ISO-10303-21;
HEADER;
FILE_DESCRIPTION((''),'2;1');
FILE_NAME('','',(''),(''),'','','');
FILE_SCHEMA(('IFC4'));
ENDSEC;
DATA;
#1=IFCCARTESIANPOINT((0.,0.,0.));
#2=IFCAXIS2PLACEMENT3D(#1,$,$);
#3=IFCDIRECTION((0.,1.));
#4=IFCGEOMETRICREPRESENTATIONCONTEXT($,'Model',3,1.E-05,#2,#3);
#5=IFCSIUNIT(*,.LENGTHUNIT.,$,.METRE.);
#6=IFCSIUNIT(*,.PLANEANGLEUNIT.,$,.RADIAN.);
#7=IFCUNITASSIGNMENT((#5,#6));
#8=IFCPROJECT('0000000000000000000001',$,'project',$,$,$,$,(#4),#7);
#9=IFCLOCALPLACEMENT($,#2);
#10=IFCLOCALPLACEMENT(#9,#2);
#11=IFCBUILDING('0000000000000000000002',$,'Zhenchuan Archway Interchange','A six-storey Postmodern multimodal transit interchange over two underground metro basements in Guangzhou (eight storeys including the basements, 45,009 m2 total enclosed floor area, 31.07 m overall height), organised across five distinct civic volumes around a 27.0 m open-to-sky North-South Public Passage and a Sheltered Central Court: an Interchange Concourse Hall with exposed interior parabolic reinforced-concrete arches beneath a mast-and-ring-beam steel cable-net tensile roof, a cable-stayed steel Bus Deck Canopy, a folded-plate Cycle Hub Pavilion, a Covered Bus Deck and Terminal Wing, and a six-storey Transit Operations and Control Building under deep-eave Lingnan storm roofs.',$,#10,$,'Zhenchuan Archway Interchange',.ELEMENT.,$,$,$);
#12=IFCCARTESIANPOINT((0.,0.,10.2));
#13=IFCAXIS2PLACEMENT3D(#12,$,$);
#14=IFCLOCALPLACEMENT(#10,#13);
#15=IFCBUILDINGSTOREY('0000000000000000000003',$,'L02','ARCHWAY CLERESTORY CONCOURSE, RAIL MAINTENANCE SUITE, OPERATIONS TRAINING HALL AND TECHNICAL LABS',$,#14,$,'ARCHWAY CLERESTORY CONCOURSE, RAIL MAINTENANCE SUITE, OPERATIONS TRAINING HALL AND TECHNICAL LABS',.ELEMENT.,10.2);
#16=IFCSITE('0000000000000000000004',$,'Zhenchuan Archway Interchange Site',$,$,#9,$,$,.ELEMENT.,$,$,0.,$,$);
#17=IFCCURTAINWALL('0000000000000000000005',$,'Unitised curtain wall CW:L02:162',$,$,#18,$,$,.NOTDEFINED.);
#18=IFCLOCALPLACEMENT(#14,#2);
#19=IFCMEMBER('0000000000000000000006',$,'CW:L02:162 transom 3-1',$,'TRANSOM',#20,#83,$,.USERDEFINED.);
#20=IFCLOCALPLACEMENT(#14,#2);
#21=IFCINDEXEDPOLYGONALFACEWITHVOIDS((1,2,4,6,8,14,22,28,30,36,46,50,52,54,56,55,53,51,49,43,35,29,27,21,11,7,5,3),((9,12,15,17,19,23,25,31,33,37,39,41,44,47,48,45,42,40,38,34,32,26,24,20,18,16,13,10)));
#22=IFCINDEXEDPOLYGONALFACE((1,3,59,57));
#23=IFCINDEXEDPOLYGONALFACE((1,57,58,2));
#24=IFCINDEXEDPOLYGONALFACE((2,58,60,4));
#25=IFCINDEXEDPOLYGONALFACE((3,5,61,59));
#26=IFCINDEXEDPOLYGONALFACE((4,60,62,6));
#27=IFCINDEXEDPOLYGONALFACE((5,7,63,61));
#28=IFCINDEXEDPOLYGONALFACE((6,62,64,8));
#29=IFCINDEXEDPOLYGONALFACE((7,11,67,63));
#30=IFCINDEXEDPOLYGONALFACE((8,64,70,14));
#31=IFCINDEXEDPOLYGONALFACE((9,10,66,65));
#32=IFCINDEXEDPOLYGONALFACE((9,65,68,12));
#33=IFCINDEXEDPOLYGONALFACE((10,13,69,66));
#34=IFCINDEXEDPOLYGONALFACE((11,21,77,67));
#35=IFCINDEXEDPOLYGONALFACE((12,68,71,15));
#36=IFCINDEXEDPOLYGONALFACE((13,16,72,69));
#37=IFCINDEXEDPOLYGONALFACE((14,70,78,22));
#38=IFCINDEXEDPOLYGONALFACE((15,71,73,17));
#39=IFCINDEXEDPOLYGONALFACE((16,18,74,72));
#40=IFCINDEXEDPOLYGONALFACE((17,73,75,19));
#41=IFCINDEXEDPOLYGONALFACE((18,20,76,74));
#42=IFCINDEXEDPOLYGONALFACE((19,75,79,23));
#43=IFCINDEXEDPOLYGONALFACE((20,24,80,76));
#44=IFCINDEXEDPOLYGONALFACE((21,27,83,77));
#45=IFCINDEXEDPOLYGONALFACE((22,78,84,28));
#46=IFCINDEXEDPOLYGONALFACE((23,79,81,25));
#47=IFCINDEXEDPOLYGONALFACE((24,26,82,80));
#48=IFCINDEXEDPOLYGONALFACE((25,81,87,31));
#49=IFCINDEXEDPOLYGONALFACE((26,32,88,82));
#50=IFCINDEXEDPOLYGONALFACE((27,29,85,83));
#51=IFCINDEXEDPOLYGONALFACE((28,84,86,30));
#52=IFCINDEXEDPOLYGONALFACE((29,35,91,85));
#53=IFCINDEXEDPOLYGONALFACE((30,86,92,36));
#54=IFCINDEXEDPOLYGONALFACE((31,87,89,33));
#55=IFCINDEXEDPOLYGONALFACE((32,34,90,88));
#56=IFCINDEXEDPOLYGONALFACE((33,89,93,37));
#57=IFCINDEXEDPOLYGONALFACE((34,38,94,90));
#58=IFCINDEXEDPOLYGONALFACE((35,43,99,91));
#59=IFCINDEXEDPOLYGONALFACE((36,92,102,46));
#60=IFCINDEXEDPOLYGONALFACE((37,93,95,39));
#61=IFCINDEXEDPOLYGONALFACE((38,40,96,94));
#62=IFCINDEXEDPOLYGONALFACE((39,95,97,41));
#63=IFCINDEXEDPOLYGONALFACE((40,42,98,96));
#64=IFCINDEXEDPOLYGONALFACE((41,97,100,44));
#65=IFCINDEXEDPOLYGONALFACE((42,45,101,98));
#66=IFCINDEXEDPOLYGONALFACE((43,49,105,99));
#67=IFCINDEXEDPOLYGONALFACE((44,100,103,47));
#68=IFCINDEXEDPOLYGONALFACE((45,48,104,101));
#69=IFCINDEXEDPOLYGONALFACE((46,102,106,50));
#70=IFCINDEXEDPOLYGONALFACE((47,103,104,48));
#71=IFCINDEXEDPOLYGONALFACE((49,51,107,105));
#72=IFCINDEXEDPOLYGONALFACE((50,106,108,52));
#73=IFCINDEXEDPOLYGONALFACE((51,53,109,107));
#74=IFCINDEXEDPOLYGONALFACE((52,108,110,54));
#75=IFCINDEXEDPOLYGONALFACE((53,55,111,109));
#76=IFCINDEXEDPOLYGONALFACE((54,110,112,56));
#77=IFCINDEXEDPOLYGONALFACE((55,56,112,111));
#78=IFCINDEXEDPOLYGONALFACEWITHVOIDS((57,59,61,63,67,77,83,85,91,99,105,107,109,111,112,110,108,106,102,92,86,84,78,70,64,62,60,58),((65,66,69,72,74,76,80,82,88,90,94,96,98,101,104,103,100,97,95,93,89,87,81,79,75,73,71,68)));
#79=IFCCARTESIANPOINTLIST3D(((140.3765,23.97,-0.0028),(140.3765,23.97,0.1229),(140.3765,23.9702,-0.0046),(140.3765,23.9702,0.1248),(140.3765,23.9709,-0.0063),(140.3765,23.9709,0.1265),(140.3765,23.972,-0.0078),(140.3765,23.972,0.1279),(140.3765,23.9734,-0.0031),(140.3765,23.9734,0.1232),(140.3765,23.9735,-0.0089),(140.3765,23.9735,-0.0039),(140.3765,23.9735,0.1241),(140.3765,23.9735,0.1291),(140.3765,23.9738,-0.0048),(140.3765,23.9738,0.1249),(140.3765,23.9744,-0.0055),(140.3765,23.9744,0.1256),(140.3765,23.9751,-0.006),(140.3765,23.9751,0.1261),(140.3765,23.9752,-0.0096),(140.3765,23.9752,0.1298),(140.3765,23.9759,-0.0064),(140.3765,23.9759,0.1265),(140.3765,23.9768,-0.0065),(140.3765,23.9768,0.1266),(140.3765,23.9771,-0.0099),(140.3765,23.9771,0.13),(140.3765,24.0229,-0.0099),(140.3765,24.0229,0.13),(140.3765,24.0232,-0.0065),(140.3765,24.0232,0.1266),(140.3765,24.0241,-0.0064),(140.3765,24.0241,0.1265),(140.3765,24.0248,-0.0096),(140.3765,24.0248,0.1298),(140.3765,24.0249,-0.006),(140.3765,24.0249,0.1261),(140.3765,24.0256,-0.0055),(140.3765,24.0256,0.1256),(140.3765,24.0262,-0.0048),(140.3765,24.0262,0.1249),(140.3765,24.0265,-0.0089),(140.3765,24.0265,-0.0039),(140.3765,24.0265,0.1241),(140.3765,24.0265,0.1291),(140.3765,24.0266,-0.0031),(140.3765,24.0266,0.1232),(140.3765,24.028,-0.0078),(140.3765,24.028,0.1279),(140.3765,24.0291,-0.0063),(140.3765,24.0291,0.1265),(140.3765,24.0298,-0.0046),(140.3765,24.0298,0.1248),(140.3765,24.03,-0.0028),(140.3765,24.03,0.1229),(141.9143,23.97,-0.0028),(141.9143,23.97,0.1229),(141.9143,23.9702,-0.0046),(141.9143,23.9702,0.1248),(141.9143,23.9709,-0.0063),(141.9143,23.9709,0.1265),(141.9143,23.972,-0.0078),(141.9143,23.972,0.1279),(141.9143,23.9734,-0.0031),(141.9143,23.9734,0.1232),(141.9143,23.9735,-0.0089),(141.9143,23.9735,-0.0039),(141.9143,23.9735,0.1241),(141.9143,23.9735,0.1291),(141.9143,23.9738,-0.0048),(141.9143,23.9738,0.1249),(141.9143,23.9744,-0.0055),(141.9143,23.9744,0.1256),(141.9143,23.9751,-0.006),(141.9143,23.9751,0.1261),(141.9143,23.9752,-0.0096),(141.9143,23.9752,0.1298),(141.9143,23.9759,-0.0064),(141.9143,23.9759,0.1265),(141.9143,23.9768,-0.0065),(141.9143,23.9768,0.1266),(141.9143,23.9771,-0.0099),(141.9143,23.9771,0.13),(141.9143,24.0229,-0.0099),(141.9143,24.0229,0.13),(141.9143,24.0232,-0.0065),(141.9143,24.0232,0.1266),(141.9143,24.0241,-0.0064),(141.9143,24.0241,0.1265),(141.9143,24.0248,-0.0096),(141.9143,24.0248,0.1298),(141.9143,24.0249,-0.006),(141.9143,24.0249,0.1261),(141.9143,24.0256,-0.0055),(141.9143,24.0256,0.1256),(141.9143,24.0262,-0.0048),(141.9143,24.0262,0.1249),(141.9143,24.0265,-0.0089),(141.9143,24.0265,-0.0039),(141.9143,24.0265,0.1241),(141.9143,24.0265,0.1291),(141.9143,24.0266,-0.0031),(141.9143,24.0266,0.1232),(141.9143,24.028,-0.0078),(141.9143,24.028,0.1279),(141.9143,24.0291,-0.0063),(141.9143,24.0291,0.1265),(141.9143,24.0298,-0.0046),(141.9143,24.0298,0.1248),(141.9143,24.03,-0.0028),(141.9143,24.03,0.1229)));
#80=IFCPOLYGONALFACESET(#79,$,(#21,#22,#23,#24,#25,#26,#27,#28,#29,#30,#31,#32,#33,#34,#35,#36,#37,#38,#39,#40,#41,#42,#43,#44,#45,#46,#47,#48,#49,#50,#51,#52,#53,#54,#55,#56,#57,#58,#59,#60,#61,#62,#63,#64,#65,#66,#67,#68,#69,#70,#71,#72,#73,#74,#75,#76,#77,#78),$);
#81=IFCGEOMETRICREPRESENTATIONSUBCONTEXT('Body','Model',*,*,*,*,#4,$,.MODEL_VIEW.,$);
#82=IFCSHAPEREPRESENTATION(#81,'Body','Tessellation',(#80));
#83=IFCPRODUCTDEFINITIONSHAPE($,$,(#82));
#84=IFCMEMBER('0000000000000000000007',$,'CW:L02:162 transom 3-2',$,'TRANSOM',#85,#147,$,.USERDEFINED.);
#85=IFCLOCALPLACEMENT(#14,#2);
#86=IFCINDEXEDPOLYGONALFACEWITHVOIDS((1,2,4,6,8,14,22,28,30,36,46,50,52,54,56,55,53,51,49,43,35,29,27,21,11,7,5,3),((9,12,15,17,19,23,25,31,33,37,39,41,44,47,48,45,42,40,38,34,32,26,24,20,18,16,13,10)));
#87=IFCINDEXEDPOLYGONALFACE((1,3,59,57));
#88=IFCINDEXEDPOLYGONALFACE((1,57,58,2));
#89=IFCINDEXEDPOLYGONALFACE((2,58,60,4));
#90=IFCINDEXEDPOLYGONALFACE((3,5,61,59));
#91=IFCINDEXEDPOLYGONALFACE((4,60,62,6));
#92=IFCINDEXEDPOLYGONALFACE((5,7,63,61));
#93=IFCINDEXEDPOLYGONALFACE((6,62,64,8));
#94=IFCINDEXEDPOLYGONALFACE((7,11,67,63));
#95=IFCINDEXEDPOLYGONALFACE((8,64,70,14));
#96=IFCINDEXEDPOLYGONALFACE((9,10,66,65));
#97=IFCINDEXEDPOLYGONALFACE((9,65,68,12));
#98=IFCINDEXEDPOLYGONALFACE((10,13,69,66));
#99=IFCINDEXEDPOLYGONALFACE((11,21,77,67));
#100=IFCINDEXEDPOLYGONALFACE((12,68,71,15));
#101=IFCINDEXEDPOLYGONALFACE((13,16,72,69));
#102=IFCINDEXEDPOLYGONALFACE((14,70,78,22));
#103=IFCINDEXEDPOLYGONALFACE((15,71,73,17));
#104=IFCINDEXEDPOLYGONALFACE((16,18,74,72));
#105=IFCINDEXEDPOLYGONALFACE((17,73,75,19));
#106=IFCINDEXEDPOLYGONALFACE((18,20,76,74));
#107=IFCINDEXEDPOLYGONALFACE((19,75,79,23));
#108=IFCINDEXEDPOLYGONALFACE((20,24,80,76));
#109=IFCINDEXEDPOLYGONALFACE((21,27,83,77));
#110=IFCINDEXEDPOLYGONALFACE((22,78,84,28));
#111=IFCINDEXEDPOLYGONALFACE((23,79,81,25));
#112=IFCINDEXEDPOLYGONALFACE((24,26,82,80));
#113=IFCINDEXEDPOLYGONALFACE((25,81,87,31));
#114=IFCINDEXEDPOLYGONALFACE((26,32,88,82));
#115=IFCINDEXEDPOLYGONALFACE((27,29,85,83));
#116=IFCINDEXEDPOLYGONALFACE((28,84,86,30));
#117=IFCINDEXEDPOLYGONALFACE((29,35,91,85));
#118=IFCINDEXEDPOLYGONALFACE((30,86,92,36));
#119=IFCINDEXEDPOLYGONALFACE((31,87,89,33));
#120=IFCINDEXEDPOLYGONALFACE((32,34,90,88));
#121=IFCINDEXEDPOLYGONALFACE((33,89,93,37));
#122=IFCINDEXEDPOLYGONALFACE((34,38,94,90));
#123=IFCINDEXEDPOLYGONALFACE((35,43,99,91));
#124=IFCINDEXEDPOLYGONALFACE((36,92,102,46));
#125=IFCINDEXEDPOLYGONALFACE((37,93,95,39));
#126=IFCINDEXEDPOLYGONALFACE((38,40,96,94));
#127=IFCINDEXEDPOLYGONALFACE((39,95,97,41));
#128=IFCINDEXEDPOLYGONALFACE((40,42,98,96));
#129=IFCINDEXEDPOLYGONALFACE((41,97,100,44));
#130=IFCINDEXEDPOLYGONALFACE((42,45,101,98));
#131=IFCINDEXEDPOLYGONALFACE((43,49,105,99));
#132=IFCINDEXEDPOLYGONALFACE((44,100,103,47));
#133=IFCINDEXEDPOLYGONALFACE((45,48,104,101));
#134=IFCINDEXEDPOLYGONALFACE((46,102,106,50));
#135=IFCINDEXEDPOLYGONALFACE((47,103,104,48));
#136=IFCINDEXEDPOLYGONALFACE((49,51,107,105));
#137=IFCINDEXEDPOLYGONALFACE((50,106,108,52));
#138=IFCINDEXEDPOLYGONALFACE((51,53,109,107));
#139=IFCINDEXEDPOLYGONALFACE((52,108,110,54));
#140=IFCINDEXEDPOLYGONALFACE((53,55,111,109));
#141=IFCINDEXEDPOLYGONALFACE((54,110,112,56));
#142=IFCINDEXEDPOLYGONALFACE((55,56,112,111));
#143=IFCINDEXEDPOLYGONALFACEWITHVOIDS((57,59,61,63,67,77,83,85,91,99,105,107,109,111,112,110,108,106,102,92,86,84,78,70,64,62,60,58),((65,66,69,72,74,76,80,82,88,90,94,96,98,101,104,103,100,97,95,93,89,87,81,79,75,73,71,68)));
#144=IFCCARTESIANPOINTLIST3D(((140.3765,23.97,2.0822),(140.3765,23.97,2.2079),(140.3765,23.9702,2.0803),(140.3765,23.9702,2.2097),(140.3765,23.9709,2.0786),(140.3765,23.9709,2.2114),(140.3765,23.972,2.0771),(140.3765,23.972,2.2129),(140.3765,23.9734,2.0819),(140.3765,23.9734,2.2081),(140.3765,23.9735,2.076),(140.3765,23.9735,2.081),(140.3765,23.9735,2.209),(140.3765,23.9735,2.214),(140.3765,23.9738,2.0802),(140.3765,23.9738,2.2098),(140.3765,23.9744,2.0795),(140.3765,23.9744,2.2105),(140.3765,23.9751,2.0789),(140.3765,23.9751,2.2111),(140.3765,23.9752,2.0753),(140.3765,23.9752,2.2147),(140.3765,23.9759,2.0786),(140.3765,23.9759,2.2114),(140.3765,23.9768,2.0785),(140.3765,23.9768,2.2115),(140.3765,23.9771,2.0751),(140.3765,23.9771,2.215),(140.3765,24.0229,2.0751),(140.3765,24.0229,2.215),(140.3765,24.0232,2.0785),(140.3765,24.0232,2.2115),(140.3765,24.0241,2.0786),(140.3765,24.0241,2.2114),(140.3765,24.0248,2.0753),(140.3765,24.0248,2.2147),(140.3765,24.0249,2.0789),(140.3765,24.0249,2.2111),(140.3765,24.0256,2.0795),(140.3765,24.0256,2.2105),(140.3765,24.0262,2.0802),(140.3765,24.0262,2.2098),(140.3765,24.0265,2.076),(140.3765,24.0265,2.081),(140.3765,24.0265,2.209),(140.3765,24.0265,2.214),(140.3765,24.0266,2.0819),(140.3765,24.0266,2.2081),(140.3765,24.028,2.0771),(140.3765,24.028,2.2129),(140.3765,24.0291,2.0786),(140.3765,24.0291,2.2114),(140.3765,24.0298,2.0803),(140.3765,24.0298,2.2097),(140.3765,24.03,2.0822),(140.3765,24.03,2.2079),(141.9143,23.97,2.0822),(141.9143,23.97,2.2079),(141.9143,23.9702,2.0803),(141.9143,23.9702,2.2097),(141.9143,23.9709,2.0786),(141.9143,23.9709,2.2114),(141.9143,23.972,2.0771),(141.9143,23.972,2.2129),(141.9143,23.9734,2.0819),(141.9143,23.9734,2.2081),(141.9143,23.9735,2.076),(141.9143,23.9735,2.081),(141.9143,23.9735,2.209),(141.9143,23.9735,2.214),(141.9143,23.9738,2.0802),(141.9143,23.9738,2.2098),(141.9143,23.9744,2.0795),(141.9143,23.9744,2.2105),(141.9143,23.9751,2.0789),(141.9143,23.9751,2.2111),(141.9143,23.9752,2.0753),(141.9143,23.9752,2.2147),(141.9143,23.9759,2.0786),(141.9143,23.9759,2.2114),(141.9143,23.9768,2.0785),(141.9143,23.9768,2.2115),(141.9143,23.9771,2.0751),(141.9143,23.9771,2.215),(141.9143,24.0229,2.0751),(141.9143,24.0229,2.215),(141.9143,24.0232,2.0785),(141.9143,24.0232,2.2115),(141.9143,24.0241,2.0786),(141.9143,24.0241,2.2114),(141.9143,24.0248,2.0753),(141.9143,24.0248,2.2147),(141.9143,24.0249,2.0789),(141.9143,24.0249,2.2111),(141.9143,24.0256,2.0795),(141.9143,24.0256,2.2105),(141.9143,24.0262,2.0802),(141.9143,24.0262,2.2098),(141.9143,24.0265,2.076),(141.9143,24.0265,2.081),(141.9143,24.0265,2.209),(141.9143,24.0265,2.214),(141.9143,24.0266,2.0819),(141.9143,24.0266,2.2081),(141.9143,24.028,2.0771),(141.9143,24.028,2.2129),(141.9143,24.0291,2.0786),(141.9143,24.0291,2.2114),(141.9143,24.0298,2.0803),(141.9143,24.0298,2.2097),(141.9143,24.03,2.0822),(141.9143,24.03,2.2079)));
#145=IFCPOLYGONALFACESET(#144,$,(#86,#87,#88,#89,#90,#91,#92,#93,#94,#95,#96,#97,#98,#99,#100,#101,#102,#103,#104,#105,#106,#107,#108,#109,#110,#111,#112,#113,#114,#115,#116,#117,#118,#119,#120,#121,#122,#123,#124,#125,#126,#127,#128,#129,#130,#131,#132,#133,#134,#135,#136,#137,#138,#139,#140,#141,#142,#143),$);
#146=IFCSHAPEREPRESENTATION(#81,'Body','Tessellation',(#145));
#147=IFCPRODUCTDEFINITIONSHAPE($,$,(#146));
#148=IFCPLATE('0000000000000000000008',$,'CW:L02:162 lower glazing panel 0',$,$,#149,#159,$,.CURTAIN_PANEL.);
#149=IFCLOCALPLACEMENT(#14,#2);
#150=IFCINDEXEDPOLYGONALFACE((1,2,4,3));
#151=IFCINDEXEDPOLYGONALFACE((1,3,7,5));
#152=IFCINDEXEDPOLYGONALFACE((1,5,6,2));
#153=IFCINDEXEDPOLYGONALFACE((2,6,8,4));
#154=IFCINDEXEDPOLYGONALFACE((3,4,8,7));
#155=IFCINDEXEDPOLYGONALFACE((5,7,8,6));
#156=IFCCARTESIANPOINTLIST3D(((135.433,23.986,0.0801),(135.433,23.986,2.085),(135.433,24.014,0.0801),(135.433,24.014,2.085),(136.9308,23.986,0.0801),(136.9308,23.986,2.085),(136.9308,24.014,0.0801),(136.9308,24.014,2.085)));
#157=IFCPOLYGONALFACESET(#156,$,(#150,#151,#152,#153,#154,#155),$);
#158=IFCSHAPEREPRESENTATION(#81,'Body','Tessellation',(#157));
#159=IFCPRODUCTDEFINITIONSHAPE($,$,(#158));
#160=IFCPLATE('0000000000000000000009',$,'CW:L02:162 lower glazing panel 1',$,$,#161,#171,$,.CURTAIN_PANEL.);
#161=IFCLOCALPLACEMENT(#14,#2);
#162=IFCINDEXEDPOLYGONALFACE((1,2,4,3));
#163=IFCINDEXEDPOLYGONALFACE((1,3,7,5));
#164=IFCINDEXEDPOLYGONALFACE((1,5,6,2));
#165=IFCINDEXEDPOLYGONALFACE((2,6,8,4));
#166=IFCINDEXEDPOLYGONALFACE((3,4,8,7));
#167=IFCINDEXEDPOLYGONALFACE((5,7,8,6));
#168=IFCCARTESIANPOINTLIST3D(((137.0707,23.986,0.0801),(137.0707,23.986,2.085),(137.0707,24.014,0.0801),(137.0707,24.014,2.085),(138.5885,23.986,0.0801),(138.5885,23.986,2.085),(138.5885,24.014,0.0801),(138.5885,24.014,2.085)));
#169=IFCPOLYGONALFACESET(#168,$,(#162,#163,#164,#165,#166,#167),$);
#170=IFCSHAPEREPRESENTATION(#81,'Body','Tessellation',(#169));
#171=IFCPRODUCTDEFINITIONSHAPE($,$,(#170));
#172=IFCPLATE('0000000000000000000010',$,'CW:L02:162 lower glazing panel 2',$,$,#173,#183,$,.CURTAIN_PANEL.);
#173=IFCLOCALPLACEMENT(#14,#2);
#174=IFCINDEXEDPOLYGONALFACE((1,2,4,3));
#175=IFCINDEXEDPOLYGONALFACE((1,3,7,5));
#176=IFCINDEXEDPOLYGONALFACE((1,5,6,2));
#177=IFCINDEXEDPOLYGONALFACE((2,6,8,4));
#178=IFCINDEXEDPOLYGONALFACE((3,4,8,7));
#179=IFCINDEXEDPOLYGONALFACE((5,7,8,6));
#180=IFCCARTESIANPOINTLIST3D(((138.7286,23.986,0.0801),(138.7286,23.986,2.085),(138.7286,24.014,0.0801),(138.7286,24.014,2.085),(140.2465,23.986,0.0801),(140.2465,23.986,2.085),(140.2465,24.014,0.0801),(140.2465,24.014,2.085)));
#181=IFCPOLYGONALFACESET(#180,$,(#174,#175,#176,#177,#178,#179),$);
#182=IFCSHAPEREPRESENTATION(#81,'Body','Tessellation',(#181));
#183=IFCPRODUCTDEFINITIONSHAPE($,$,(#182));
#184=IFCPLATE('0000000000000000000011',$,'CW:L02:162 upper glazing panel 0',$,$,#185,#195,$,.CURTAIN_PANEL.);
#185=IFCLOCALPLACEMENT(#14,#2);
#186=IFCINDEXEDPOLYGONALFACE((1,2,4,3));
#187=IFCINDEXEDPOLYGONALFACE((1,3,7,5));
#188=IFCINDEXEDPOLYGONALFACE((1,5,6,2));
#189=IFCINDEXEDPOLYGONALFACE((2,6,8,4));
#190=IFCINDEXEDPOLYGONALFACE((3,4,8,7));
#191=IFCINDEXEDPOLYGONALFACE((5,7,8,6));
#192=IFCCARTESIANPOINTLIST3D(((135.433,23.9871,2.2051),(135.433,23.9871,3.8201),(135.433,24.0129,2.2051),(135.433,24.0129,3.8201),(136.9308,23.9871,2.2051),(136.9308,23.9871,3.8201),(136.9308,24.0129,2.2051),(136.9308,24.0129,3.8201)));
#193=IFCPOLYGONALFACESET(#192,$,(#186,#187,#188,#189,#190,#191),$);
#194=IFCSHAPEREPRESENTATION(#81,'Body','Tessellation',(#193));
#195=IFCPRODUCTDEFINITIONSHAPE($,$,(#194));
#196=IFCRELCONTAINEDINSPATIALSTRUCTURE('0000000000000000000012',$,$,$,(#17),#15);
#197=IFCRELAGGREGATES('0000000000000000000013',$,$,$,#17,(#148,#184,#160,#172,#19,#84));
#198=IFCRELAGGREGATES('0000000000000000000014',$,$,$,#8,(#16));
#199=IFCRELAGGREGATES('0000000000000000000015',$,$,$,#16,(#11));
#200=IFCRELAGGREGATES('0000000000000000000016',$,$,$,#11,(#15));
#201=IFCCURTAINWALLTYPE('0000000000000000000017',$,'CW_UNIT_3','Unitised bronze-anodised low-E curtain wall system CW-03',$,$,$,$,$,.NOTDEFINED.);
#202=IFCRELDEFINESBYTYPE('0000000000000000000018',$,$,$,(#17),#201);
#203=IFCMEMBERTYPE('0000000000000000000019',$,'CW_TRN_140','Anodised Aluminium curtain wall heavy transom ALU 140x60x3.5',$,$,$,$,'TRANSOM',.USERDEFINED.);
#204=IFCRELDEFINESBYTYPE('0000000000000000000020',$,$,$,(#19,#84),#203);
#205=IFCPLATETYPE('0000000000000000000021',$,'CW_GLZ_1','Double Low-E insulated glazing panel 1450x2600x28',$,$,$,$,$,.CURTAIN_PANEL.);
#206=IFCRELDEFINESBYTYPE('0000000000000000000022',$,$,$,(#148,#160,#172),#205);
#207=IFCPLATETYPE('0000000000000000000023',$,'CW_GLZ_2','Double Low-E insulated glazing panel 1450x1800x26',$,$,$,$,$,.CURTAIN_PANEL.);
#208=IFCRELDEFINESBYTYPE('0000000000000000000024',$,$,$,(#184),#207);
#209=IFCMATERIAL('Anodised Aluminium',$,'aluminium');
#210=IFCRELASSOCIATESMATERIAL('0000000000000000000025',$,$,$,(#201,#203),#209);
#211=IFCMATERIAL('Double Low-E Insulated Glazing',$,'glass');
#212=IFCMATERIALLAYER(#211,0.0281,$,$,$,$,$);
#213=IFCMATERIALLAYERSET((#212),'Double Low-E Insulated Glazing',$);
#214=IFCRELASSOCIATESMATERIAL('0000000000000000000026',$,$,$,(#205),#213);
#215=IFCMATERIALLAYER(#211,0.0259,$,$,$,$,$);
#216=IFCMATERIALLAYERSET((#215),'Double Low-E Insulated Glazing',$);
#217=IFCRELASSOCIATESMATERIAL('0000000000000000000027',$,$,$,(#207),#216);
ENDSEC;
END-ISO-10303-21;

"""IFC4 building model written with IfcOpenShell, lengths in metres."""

from ifc_helpers import new_model, si_unit, direction, frame, origin, origin_2d, place, context, subcontext, project, spatial, rectangle, hollow_rectangle, extrude, material, layer, layer_set, material_profile, profile_set, type_object, element, aggregate, save


model = new_model("IFC4")

# Units and contexts
model_context = context("Model", 3, precision=1e-05, world=origin(), true_north=direction((0.0, 1.0)))
body_context = subcontext(model_context, "Body", "Model", "MODEL_VIEW")
ifc_project = project(units=[si_unit("LENGTHUNIT", "METRE"), si_unit("PLANEANGLEUNIT", "RADIAN")], contexts=[model_context])

# Site, building, storey
site_placement = place(None, origin())
site = spatial("IfcSite", under=ifc_project, at=site_placement, Name="Zhenchuan Archway Interchange Site", CompositionType="ELEMENT", RefElevation=0.0)
building_placement = place(site_placement, origin())
building = spatial("IfcBuilding", under=site, at=building_placement, Name="Zhenchuan Archway Interchange", Description="A six-storey Postmodern multimodal transit interchange over two underground metro basements in Guangzhou (eight storeys including the basements, 45,009 m2 total enclosed floor area, 31.07 m overall height), organised across five distinct civic volumes around a 27.0 m open-to-sky North-South Public Passage and a Sheltered Central Court: an Interchange Concourse Hall with exposed interior parabolic reinforced-concrete arches beneath a mast-and-ring-beam steel cable-net tensile roof, a cable-stayed steel Bus Deck Canopy, a folded-plate Cycle Hub Pavilion, a Covered Bus Deck and Terminal Wing, and a six-storey Transit Operations and Control Building under deep-eave Lingnan storm roofs.", LongName="Zhenchuan Archway Interchange", CompositionType="ELEMENT")
storey_placement = place(building_placement, frame((0.0, 0.0, 10.2)))
storey = spatial("IfcBuildingStorey", under=building, at=storey_placement, Name="L02", Description="ARCHWAY CLERESTORY CONCOURSE, RAIL MAINTENANCE SUITE, OPERATIONS TRAINING HALL AND TECHNICAL LABS", LongName="ARCHWAY CLERESTORY CONCOURSE, RAIL MAINTENANCE SUITE, OPERATIONS TRAINING HALL AND TECHNICAL LABS", CompositionType="ELEMENT", Elevation=10.2)

# Curtain wall, members, plates
ifc_material_1 = material(Name="Anodised Aluminium", Category="aluminium")
curtain_wall_type = type_object("IfcCurtainWallType", Name="CW_UNIT_3", Description="Unitised bronze-anodised low-E curtain wall system CW-03", PredefinedType="NOTDEFINED", material=ifc_material_1)
curtain_wall_placement = place(storey_placement, origin())
curtain_wall = element("IfcCurtainWall", 1, at=curtain_wall_placement, inside=storey, type_object=curtain_wall_type, Name="Unitised curtain wall CW:L02:162", PredefinedType="NOTDEFINED")
ifc_material_profile_1 = material_profile(ifc_material_1, hollow_rectangle(XDim=0.0601, YDim=0.1399, WallThickness=0.0034, InnerFilletRadius=0.0034, OuterFilletRadius=0.0071, at=origin_2d()), Name="ALU 140x60x3.5")
ifc_profile_set_1 = profile_set([ifc_material_profile_1], Name="Anodised Aluminium")
member_type_1 = type_object("IfcMemberType", Name="CW_TRN_140", Description="Anodised Aluminium curtain wall heavy transom ALU 140x60x3.5", ElementType="TRANSOM", PredefinedType="USERDEFINED", material=ifc_profile_set_1)
member_1_placement = place(storey_placement, frame((140.3765, 24.0, 0.0601), z_axis=(1.0, 0.0, 0.0), x_axis=(0.0, 1.0, 0.0)))
member_1 = element("IfcMember", 2, at=member_1_placement, type_object=member_type_1, Name="CW:L02:162 transom 3-1", ObjectType="TRANSOM", PredefinedType="USERDEFINED", context=body_context, shape_type="SweptSolid", body=[
    extrude(hollow_rectangle(XDim=0.0601, YDim=0.1399, WallThickness=0.0034, InnerFilletRadius=0.0034, OuterFilletRadius=0.0071, at=origin_2d()), origin(), (0.0, 0.0, 1.0), 1.5378),
])
member_2_placement = place(storey_placement, frame((140.3765, 24.0, 2.145), z_axis=(1.0, 0.0, 0.0), x_axis=(0.0, 1.0, 0.0)))
member_2 = element("IfcMember", 3, at=member_2_placement, type_object=member_type_1, Name="CW:L02:162 transom 3-2", ObjectType="TRANSOM", PredefinedType="USERDEFINED", context=body_context, shape_type="SweptSolid", body=[
    extrude(hollow_rectangle(XDim=0.0601, YDim=0.1399, WallThickness=0.0034, InnerFilletRadius=0.0034, OuterFilletRadius=0.0071, at=origin_2d()), origin(), (0.0, 0.0, 1.0), 1.5378),
])
ifc_material_2 = material(Name="Double Low-E Insulated Glazing", Category="glass")
ifc_layer_1 = layer(ifc_material_2, 0.0281)
ifc_layer_set_1 = layer_set([ifc_layer_1], Name="Double Low-E Insulated Glazing")
plate_type_1 = type_object("IfcPlateType", Name="CW_GLZ_1", Description="Double Low-E insulated glazing panel 1450x2600x28", PredefinedType="CURTAIN_PANEL", material=ifc_layer_set_1)
plate_1_placement = place(storey_placement, frame((136.1819, 24.0, 0.0801), z_axis=(0.0, 0.0, 1.0), x_axis=(1.0, 0.0, 0.0)))
plate_1 = element("IfcPlate", 4, at=plate_1_placement, type_object=plate_type_1, Name="CW:L02:162 lower glazing panel 0", PredefinedType="CURTAIN_PANEL", context=body_context, shape_type="SweptSolid", body=[
    extrude(rectangle(XDim=1.4978, YDim=0.0281, at=origin_2d()), origin(), (0.0, 0.0, 1.0), 2.0049),
])
plate_2_placement = place(storey_placement, frame((137.8296, 24.0, 0.0801), z_axis=(0.0, 0.0, 1.0), x_axis=(1.0, 0.0, 0.0)))
plate_2 = element("IfcPlate", 5, at=plate_2_placement, type_object=plate_type_1, Name="CW:L02:162 lower glazing panel 1", PredefinedType="CURTAIN_PANEL", context=body_context, shape_type="SweptSolid", body=[
    extrude(rectangle(XDim=1.5178, YDim=0.0281, at=origin_2d()), origin(), (0.0, 0.0, 1.0), 2.0049),
])
plate_3_placement = place(storey_placement, frame((139.4875, 24.0, 0.0801), z_axis=(0.0, 0.0, 1.0), x_axis=(1.0, 0.0, 0.0)))
plate_3 = element("IfcPlate", 6, at=plate_3_placement, type_object=plate_type_1, Name="CW:L02:162 lower glazing panel 2", PredefinedType="CURTAIN_PANEL", context=body_context, shape_type="SweptSolid", body=[
    extrude(rectangle(XDim=1.5178, YDim=0.0281, at=origin_2d()), origin(), (0.0, 0.0, 1.0), 2.0049),
])
ifc_layer_2 = layer(ifc_material_2, 0.0259)
ifc_layer_set_2 = layer_set([ifc_layer_2], Name="Double Low-E Insulated Glazing")
plate_type_2 = type_object("IfcPlateType", Name="CW_GLZ_2", Description="Double Low-E insulated glazing panel 1450x1800x26", PredefinedType="CURTAIN_PANEL", material=ifc_layer_set_2)
plate_4_placement = place(storey_placement, frame((136.1819, 24.0, 2.2051), z_axis=(0.0, 0.0, 1.0), x_axis=(1.0, 0.0, 0.0)))
plate_4 = element("IfcPlate", 7, at=plate_4_placement, type_object=plate_type_2, Name="CW:L02:162 upper glazing panel 0", PredefinedType="CURTAIN_PANEL", context=body_context, shape_type="SweptSolid", body=[
    extrude(rectangle(XDim=1.4978, YDim=0.0259, at=origin_2d()), origin(), (0.0, 0.0, 1.0), 1.615),
])
aggregate(curtain_wall, [plate_1, plate_4, plate_2, plate_3, member_1, member_2])

save(model, "model.ifc")
